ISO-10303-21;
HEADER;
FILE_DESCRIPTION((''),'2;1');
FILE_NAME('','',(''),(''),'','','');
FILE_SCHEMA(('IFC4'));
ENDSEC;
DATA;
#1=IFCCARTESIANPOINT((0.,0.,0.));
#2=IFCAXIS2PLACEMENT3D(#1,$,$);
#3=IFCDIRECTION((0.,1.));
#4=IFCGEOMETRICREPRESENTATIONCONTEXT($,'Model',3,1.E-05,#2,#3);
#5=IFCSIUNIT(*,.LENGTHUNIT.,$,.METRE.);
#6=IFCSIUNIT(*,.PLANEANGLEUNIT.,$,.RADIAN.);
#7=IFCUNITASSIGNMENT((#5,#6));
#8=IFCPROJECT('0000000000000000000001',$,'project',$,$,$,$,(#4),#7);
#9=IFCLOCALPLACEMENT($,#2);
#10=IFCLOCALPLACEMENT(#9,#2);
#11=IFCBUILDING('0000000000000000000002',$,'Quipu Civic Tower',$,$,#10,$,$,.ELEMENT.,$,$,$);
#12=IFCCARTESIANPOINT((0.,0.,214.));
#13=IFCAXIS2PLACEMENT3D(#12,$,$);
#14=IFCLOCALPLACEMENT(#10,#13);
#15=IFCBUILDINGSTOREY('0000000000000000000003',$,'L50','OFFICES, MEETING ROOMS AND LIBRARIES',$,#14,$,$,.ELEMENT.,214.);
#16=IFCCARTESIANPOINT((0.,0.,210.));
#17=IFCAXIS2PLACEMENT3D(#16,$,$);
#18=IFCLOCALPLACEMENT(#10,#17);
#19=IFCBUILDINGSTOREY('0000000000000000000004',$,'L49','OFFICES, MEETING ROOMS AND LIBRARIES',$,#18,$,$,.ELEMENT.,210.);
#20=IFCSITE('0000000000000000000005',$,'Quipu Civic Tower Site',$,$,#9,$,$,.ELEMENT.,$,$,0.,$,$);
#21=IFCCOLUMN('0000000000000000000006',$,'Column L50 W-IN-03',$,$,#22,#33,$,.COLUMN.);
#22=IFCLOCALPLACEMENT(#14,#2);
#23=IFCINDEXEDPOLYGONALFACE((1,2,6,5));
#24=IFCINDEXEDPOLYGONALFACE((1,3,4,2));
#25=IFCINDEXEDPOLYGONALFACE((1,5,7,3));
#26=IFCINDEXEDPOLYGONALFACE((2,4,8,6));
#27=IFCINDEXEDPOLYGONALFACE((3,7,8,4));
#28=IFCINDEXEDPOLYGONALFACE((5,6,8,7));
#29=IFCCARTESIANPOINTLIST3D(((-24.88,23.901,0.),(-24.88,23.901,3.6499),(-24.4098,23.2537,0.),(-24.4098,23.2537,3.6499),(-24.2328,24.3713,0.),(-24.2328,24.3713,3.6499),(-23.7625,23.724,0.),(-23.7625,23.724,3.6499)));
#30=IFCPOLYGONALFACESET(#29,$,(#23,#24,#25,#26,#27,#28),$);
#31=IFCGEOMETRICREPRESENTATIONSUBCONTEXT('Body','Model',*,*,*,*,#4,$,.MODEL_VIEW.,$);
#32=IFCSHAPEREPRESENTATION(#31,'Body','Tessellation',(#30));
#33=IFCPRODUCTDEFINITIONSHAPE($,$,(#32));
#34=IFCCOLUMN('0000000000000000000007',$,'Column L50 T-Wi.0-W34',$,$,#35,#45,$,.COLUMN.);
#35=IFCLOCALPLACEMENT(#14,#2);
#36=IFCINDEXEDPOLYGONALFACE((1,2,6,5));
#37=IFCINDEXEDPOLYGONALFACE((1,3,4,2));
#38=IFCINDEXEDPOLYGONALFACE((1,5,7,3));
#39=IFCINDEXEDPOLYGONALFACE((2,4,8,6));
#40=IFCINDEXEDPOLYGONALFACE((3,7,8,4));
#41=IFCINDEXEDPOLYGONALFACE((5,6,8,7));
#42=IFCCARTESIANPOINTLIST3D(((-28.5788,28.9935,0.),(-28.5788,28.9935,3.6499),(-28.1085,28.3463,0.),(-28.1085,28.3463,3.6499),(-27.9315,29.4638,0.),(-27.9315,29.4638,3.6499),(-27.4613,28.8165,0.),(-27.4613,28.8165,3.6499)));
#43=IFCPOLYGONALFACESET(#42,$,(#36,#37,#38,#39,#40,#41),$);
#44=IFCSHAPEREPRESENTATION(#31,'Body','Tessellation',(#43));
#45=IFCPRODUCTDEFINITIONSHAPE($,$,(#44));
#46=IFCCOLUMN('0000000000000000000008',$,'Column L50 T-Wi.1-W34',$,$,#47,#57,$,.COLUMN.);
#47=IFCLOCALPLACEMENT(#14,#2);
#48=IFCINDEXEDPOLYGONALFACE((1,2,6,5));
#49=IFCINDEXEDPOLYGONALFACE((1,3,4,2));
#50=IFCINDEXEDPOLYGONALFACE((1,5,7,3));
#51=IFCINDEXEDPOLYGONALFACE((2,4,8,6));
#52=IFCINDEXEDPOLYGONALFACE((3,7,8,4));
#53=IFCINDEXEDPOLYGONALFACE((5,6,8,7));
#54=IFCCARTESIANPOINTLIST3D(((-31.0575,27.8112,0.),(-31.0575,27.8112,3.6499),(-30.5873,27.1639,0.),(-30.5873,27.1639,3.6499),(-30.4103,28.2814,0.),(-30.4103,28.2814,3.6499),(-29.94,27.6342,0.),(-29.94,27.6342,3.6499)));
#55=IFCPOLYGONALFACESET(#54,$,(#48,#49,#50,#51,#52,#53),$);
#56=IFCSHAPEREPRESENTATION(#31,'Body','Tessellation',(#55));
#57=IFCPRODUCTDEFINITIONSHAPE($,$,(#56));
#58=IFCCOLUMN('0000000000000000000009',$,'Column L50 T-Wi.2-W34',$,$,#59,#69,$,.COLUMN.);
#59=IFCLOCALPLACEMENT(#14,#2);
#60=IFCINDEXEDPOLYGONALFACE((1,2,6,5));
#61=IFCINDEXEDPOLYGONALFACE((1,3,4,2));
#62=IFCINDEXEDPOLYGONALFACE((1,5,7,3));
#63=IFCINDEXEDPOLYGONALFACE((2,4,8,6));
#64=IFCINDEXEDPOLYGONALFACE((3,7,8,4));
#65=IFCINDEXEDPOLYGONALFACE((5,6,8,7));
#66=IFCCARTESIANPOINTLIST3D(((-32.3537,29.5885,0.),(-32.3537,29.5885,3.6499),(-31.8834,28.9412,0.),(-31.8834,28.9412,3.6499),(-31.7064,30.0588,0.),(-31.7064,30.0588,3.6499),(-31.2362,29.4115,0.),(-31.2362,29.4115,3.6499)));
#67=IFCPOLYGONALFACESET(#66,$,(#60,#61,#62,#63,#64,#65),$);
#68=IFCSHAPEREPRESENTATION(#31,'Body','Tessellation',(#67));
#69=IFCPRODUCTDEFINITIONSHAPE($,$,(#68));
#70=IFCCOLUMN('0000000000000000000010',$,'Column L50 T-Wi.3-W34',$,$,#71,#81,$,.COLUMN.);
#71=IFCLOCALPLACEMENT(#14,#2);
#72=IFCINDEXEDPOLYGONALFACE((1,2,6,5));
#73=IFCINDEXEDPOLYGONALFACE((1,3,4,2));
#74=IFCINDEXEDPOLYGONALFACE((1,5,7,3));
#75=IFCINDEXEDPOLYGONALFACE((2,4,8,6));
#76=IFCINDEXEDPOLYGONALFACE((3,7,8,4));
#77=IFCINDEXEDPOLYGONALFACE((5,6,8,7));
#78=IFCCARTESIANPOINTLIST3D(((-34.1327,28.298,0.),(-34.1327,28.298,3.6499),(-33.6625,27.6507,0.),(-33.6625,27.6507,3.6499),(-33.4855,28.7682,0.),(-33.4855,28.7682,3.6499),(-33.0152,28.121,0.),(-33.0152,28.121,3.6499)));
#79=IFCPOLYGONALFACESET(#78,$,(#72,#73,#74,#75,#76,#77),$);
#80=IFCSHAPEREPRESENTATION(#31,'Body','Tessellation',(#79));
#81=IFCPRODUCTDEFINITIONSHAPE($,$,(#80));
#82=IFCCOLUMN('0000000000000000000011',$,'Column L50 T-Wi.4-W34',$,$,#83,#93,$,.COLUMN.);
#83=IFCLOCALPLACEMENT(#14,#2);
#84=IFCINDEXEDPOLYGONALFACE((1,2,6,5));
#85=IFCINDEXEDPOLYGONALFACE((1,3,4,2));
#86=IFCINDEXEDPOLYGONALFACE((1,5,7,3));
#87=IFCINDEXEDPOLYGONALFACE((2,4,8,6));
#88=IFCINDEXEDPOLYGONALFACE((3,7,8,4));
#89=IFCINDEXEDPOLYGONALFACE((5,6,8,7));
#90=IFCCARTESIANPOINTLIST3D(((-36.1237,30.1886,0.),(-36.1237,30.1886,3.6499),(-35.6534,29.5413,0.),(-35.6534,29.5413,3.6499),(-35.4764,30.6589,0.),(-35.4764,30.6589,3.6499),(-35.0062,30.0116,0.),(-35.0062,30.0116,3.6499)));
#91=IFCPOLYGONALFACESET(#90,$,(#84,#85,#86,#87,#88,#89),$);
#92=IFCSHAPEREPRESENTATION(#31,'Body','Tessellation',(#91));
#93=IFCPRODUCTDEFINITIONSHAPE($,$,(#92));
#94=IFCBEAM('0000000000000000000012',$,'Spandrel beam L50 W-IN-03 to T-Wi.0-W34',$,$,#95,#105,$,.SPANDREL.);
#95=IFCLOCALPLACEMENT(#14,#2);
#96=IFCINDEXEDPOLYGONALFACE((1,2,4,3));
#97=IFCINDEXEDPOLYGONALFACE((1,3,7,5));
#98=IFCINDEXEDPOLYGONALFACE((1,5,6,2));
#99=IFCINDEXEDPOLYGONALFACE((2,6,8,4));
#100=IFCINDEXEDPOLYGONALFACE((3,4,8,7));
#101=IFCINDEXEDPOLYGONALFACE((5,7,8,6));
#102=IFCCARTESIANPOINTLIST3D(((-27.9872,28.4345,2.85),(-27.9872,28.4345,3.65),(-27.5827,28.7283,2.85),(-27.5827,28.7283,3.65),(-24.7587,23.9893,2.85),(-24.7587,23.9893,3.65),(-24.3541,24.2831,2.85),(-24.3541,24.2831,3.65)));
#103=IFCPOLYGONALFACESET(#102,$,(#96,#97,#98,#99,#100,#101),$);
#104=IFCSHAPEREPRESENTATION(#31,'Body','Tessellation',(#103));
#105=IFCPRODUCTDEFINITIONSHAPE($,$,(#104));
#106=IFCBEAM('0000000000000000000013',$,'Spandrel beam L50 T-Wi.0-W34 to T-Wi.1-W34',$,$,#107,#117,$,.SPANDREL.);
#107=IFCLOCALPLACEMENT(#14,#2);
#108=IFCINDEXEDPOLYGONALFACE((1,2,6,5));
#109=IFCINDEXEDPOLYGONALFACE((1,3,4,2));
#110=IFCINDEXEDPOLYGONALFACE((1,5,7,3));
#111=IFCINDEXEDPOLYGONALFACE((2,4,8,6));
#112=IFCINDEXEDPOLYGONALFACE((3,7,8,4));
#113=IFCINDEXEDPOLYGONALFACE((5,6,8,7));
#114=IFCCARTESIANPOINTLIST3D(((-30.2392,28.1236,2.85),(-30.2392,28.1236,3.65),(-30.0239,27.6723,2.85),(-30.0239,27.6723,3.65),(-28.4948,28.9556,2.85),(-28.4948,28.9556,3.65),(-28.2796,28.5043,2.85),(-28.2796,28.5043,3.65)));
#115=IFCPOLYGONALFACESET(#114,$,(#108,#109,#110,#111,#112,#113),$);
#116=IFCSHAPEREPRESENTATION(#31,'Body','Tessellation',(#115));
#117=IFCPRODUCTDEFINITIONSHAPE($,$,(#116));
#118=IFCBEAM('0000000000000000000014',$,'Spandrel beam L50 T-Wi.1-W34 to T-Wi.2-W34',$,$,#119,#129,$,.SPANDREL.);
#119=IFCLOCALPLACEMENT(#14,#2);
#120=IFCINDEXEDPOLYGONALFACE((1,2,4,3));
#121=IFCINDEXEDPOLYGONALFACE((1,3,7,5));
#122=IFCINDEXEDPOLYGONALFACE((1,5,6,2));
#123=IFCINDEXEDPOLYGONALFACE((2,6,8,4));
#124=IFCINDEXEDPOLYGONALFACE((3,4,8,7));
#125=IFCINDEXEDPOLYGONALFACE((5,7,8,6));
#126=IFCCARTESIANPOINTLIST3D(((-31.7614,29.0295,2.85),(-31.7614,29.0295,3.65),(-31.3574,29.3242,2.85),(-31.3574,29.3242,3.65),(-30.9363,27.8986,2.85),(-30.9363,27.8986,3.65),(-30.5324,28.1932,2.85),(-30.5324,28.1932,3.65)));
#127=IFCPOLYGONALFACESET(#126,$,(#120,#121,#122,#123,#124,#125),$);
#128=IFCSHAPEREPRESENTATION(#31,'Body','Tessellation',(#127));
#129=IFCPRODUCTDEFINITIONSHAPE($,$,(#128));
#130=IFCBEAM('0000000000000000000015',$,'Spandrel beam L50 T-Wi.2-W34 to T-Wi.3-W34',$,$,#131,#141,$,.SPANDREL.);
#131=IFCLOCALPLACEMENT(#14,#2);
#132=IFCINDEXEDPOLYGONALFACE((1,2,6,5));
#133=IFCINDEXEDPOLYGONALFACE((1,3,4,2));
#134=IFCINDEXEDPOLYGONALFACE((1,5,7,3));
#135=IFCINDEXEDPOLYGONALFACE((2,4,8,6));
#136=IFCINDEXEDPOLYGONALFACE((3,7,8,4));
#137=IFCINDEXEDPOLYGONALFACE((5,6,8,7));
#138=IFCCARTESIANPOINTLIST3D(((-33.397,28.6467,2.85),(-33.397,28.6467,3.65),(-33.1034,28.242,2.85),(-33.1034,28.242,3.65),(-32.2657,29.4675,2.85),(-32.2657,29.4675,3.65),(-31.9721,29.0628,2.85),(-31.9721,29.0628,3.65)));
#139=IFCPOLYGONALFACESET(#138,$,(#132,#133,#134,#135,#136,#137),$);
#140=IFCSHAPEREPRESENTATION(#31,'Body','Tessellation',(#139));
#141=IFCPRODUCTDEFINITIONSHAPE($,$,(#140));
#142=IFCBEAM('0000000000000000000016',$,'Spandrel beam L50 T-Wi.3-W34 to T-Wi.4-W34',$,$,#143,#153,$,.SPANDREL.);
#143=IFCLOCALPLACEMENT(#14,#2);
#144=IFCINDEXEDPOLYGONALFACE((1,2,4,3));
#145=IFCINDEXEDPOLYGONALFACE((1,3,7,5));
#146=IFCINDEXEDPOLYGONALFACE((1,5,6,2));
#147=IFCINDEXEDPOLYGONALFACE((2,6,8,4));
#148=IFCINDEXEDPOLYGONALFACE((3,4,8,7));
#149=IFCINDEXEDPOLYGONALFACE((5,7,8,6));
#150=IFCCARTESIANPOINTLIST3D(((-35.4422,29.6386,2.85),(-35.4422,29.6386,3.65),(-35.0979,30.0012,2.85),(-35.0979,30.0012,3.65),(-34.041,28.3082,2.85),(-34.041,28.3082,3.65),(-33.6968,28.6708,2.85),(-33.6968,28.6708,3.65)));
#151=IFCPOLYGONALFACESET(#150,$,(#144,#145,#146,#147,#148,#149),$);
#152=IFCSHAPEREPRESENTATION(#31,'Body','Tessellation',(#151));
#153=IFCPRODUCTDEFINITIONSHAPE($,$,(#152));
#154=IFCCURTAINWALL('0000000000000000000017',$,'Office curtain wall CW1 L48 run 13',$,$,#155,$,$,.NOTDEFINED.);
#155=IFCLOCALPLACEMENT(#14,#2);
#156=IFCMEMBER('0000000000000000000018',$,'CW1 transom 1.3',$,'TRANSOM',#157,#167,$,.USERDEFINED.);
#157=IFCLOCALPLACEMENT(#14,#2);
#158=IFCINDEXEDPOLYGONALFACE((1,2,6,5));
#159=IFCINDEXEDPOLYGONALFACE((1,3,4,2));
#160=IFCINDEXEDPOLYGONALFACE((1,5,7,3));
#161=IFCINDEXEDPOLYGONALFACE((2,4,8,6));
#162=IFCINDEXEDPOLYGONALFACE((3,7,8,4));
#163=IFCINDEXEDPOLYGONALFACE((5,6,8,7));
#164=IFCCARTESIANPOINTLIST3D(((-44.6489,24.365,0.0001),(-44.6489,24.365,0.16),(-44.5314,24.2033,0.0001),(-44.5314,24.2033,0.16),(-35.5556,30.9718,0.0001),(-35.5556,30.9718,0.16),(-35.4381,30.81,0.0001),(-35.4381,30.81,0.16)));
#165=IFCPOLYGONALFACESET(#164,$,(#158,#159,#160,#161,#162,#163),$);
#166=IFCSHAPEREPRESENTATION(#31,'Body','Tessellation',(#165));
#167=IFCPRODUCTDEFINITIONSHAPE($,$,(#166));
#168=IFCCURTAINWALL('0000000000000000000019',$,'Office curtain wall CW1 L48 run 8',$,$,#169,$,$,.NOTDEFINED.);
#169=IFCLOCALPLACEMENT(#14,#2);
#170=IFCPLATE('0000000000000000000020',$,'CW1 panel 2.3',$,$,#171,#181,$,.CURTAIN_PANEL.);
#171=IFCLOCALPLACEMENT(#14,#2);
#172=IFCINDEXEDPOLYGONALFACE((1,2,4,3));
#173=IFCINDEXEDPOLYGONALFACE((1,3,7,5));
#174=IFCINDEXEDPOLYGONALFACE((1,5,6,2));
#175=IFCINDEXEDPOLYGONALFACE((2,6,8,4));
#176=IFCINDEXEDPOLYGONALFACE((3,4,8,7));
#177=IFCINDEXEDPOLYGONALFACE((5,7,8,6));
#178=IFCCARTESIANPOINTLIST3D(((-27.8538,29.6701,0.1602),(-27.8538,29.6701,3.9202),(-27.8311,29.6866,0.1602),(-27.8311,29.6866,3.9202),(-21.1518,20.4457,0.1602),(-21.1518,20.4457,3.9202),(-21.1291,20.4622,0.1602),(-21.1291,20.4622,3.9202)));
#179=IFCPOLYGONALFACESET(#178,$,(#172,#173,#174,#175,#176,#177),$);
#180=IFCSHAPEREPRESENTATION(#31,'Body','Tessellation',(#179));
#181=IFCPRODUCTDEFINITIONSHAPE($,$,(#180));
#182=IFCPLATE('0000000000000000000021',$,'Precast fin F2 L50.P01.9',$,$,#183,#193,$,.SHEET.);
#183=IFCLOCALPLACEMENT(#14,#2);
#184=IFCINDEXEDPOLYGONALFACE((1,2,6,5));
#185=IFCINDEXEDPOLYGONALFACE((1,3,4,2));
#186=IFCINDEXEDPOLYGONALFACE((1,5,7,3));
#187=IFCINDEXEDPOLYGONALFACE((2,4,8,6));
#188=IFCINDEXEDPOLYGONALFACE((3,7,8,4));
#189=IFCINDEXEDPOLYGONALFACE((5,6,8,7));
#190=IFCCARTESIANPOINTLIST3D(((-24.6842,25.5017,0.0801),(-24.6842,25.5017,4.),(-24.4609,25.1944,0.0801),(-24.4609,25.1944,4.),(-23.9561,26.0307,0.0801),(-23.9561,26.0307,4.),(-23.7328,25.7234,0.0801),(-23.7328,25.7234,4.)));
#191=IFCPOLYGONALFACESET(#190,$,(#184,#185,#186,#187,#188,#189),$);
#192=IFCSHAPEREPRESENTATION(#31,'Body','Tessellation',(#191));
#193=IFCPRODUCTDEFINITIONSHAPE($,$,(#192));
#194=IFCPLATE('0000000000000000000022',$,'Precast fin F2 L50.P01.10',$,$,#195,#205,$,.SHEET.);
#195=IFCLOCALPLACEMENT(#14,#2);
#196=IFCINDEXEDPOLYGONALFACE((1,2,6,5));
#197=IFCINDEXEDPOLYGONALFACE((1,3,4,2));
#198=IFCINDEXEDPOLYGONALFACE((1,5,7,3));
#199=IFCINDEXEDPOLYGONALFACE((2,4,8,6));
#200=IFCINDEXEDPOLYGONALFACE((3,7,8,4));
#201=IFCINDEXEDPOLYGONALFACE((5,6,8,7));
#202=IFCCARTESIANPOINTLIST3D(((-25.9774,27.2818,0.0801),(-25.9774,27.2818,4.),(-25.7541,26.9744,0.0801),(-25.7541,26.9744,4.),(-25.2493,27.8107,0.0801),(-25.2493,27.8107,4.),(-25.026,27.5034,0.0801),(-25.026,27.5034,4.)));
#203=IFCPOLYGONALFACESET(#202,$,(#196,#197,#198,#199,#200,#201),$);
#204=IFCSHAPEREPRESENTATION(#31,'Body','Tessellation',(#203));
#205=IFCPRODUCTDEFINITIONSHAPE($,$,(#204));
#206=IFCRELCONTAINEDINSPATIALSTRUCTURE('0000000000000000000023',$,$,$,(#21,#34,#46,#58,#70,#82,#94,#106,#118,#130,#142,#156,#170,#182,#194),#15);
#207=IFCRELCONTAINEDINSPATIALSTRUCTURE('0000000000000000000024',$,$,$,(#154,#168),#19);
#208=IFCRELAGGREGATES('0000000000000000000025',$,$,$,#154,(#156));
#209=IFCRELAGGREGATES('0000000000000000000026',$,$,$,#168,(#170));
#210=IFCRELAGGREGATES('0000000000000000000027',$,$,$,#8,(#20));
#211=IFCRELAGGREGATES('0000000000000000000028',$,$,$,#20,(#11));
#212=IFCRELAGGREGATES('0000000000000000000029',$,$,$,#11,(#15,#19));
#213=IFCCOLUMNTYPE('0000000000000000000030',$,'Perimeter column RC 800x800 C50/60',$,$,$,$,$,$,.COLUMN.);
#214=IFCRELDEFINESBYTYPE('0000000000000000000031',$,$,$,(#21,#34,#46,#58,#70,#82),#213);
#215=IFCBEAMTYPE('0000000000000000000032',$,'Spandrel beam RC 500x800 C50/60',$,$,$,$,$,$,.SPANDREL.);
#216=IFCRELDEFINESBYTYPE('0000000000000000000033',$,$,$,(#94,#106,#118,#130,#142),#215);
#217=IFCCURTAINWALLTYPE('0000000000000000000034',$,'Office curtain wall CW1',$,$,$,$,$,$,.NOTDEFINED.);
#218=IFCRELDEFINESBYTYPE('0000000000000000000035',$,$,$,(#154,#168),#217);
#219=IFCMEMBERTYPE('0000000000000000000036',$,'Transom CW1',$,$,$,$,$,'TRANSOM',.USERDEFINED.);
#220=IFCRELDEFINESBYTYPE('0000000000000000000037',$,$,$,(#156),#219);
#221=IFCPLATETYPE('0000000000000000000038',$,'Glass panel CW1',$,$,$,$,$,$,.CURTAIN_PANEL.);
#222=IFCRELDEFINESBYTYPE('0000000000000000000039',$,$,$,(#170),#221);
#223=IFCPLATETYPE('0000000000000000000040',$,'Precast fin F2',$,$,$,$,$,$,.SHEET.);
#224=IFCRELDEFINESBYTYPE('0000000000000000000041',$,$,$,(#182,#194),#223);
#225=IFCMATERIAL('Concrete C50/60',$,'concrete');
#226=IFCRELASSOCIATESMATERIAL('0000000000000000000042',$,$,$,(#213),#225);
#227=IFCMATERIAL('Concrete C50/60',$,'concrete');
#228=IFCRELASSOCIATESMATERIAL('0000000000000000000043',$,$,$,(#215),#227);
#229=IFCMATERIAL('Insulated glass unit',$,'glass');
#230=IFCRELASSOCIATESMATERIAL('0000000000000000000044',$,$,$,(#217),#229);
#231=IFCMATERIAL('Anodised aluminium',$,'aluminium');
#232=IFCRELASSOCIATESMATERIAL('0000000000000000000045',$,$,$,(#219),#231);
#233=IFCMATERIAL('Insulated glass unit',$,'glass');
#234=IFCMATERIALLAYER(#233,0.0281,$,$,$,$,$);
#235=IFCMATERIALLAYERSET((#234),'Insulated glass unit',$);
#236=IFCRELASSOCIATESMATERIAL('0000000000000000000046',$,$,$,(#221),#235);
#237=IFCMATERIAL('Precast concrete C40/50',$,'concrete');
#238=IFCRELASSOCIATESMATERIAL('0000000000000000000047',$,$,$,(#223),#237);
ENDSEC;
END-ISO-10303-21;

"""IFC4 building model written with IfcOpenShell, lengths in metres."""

from ifc_helpers import new_model, si_unit, direction, frame, origin, origin_2d, place, context, subcontext, project, spatial, rectangle, extrude, material, layer, layer_set, material_profile, profile_set, type_object, element, aggregate, save


model = new_model("IFC4")

# Units and contexts
model_context = context("Model", 3, precision=1e-05, world=origin(), true_north=direction((0.0, 1.0)))
body_context = subcontext(model_context, "Body", "Model", "MODEL_VIEW")
ifc_project = project(units=[si_unit("LENGTHUNIT", "METRE"), si_unit("PLANEANGLEUNIT", "RADIAN")], contexts=[model_context])

# Site, building, storey
site_placement = place(None, origin())
site = spatial("IfcSite", under=ifc_project, at=site_placement, Name="Quipu Civic Tower Site", CompositionType="ELEMENT", RefElevation=0.0)
building_placement = place(site_placement, origin())
building = spatial("IfcBuilding", under=site, at=building_placement, Name="Quipu Civic Tower", CompositionType="ELEMENT")
storey_1_placement = place(building_placement, frame((0.0, 0.0, 214.0)))
storey_1 = spatial("IfcBuildingStorey", under=building, at=storey_1_placement, Name="L50", Description="OFFICES, MEETING ROOMS AND LIBRARIES", CompositionType="ELEMENT", Elevation=214.0)

# Columns
ifc_material_1 = material(Name="Concrete C50/60", Category="concrete")
ifc_material_profile_1 = material_profile(ifc_material_1, rectangle(XDim=0.8, YDim=0.8, at=origin_2d()), Name="RC800x800")
ifc_profile_set_1 = profile_set([ifc_material_profile_1], Name="Concrete C50/60")
column_type = type_object("IfcColumnType", Name="Perimeter column RC 800x800 C50/60", PredefinedType="COLUMN", material=ifc_profile_set_1)
for number, where, z_axis, x_axis, name in (
    (1, (-24.3213, 23.8125, 0.0), (0.0, 0.0, 1.0), (-0.587785, 0.809017, 0.0), "Column L50 W-IN-03"),
    (2, (-28.02, 28.905, 0.0), (0.0, 0.0, 1.0), (-0.809017, -0.587785, 0.0), "Column L50 T-Wi.0-W34"),
    (3, (-30.4988, 27.7227, 0.0), (0.0, 0.0, 1.0), (-0.809017, -0.587785, 0.0), "Column L50 T-Wi.1-W34"),
    (4, (-31.7949, 29.5, 0.0), (0.0, 0.0, 1.0), (-0.587785, 0.809017, 0.0), "Column L50 T-Wi.2-W34"),
    (5, (-33.574, 28.2095, 0.0), (0.0, 0.0, 1.0), (-0.587785, 0.809017, 0.0), "Column L50 T-Wi.3-W34"),
    (6, (-35.5649, 30.1001, 0.0), (0.0, 0.0, 1.0), (-0.809017, -0.587785, 0.0), "Column L50 T-Wi.4-W34"),
):
    element("IfcColumn", number, at=place(storey_1_placement, frame(where, z_axis=z_axis, x_axis=x_axis)), inside=storey_1, type_object=column_type, Name=name, PredefinedType="COLUMN", context=body_context, shape_type="SweptSolid", body=[
        extrude(rectangle(XDim=0.8, YDim=0.8, at=origin_2d()), origin(), (0.0, 0.0, 1.0), 3.6499),
    ])

# Beams
ifc_material_2 = material(Name="Concrete C50/60", Category="concrete")
ifc_material_profile_2 = material_profile(ifc_material_2, rectangle(XDim=0.5, YDim=0.8, at=origin_2d()), Name="RC500x800")
ifc_profile_set_2 = profile_set([ifc_material_profile_2], Name="Concrete C50/60")
beam_type = type_object("IfcBeamType", Name="Spandrel beam RC 500x800 C50/60", PredefinedType="SPANDREL", material=ifc_profile_set_2)
beam_1_placement = place(storey_1_placement, frame((-24.5564, 24.1362, 3.25), z_axis=(-0.587664, 0.809105, 0.0), x_axis=(-0.809105, -0.587664, 0.0)))
element("IfcBeam", 7, at=beam_1_placement, inside=storey_1, type_object=beam_type, Name="Spandrel beam L50 W-IN-03 to T-Wi.0-W34", PredefinedType="SPANDREL", context=body_context, shape_type="SweptSolid", body=[
    extrude(rectangle(XDim=0.5, YDim=0.8, at=origin_2d()), origin(), (0.0, 0.0, 1.0), 5.4939),
])
beam_2_placement = place(storey_1_placement, frame((-28.3872, 28.73, 3.25), z_axis=(-0.902585, -0.430512, 0.0), x_axis=(0.430512, -0.902585, 0.0)))
element("IfcBeam", 8, at=beam_2_placement, inside=storey_1, type_object=beam_type, Name="Spandrel beam L50 T-Wi.0-W34 to T-Wi.1-W34", PredefinedType="SPANDREL", context=body_context, shape_type="SweptSolid", body=[
    extrude(rectangle(XDim=0.5, YDim=0.8, at=origin_2d()), origin(), (0.0, 0.0, 1.0), 1.9326),
])
beam_3_placement = place(storey_1_placement, frame((-30.7344, 28.0459, 3.25), z_axis=(-0.589343, 0.807883, 0.0), x_axis=(-0.807883, -0.589343, 0.0)))
element("IfcBeam", 9, at=beam_3_placement, inside=storey_1, type_object=beam_type, Name="Spandrel beam L50 T-Wi.1-W34 to T-Wi.2-W34", PredefinedType="SPANDREL", context=body_context, shape_type="SweptSolid", body=[
    extrude(rectangle(XDim=0.5, YDim=0.8, at=origin_2d()), origin(), (0.0, 0.0, 1.0), 1.3999),
])
beam_4_placement = place(storey_1_placement, frame((-32.1189, 29.2651, 3.25), z_axis=(-0.809415, -0.587237, 0.0), x_axis=(0.587237, -0.809415, 0.0)))
element("IfcBeam", 10, at=beam_4_placement, inside=storey_1, type_object=beam_type, Name="Spandrel beam L50 T-Wi.2-W34 to T-Wi.3-W34", PredefinedType="SPANDREL", context=body_context, shape_type="SweptSolid", body=[
    extrude(rectangle(XDim=0.5, YDim=0.8, at=origin_2d()), origin(), (0.0, 0.0, 1.0), 1.3977),
])
beam_5_placement = place(storey_1_placement, frame((-33.8689, 28.4895, 3.25), z_axis=(-0.725192, 0.688547, 0.0), x_axis=(-0.688547, -0.725192, 0.0)))
element("IfcBeam", 11, at=beam_5_placement, inside=storey_1, type_object=beam_type, Name="Spandrel beam L50 T-Wi.3-W34 to T-Wi.4-W34", PredefinedType="SPANDREL", context=body_context, shape_type="SweptSolid", body=[
    extrude(rectangle(XDim=0.5, YDim=0.8, at=origin_2d()), origin(), (0.0, 0.0, 1.0), 1.9321),
])

# Shared definitions
storey_2_placement = place(building_placement, frame((0.0, 0.0, 210.0)))
storey_2 = spatial("IfcBuildingStorey", under=building, at=storey_2_placement, Name="L49", Description="OFFICES, MEETING ROOMS AND LIBRARIES", CompositionType="ELEMENT", Elevation=210.0)

# Curtain wall, member
ifc_material_3 = material(Name="Insulated glass unit", Category="glass")
curtain_wall_type = type_object("IfcCurtainWallType", Name="Office curtain wall CW1", PredefinedType="NOTDEFINED", material=ifc_material_3)
curtain_wall_1_placement = place(storey_2_placement, origin())
curtain_wall_1 = element("IfcCurtainWall", 12, at=curtain_wall_1_placement, inside=storey_2, type_object=curtain_wall_type, Name="Office curtain wall CW1 L48 run 13", PredefinedType="NOTDEFINED")
ifc_material_4 = material(Name="Anodised aluminium", Category="aluminium")
ifc_material_profile_3 = material_profile(ifc_material_4, rectangle(XDim=0.2, YDim=0.1599, at=origin_2d()), Name="RECT 200x160")
ifc_profile_set_3 = profile_set([ifc_material_profile_3], Name="Anodised aluminium")
member_type = type_object("IfcMemberType", Name="Transom CW1", ElementType="TRANSOM", PredefinedType="USERDEFINED", material=ifc_profile_set_3)
member_placement = place(storey_1_placement, frame((-35.4968, 30.8909, 0.0801), z_axis=(-0.809015, -0.587788, 0.0), x_axis=(0.587788, -0.809015, 0.0)))
member = element("IfcMember", 13, at=member_placement, inside=storey_1, type_object=member_type, Name="CW1 transom 1.3", ObjectType="TRANSOM", PredefinedType="USERDEFINED", context=body_context, shape_type="SweptSolid", body=[
    extrude(rectangle(XDim=0.2, YDim=0.1599, at=origin_2d()), origin(), (0.0, 0.0, 1.0), 11.24),
])
aggregate(curtain_wall_1, [member])

# Curtain wall, plate
curtain_wall_2_placement = place(storey_2_placement, origin())
curtain_wall_2 = element("IfcCurtainWall", 14, at=curtain_wall_2_placement, inside=storey_2, type_object=curtain_wall_type, Name="Office curtain wall CW1 L48 run 8", PredefinedType="NOTDEFINED")
ifc_material_5 = material(Name="Insulated glass unit", Category="glass")
ifc_layer_1 = layer(ifc_material_5, 0.0281)
ifc_layer_set_1 = layer_set([ifc_layer_1], Name="Insulated glass unit")
plate_type_1 = type_object("IfcPlateType", Name="Glass panel CW1", PredefinedType="CURTAIN_PANEL", material=ifc_layer_set_1)
plate_placement = place(storey_1_placement, frame((-24.4915, 25.0662, 0.1602), z_axis=(0.0, 0.0, 1.0), x_axis=(-0.587789, 0.809014, 0.0)))
plate = element("IfcPlate", 15, at=plate_placement, inside=storey_1, type_object=plate_type_1, Name="CW1 panel 2.3", PredefinedType="CURTAIN_PANEL", context=body_context, shape_type="SweptSolid", body=[
    extrude(rectangle(XDim=11.4021, YDim=0.0281, at=origin_2d()), origin(), (0.0, 0.0, 1.0), 3.76),
])
aggregate(curtain_wall_2, [plate])

# Plates
ifc_material_6 = material(Name="Precast concrete C40/50", Category="concrete")
plate_type_2 = type_object("IfcPlateType", Name="Precast fin F2", PredefinedType="SHEET", material=ifc_material_6)
for number, where, z_axis, x_axis, name in (
    (16, (-24.2085, 25.6125, 0.0801), (0.0, 0.0, 1.0), (-0.587787, 0.809016, 0.0), "Precast fin F2 L50.P01.9"),
    (17, (-25.5017, 27.3926, 0.0801), (0.0, 0.0, 1.0), (-0.587787, 0.809016, 0.0), "Precast fin F2 L50.P01.10"),
):
    element("IfcPlate", number, at=place(storey_1_placement, frame(where, z_axis=z_axis, x_axis=x_axis)), inside=storey_1, type_object=plate_type_2, Name=name, PredefinedType="SHEET", context=body_context, shape_type="SweptSolid", body=[
        extrude(rectangle(XDim=0.3799, YDim=0.8999, at=origin_2d()), origin(), (0.0, 0.0, 1.0), 3.9199),
    ])

save(model, "model.ifc")
